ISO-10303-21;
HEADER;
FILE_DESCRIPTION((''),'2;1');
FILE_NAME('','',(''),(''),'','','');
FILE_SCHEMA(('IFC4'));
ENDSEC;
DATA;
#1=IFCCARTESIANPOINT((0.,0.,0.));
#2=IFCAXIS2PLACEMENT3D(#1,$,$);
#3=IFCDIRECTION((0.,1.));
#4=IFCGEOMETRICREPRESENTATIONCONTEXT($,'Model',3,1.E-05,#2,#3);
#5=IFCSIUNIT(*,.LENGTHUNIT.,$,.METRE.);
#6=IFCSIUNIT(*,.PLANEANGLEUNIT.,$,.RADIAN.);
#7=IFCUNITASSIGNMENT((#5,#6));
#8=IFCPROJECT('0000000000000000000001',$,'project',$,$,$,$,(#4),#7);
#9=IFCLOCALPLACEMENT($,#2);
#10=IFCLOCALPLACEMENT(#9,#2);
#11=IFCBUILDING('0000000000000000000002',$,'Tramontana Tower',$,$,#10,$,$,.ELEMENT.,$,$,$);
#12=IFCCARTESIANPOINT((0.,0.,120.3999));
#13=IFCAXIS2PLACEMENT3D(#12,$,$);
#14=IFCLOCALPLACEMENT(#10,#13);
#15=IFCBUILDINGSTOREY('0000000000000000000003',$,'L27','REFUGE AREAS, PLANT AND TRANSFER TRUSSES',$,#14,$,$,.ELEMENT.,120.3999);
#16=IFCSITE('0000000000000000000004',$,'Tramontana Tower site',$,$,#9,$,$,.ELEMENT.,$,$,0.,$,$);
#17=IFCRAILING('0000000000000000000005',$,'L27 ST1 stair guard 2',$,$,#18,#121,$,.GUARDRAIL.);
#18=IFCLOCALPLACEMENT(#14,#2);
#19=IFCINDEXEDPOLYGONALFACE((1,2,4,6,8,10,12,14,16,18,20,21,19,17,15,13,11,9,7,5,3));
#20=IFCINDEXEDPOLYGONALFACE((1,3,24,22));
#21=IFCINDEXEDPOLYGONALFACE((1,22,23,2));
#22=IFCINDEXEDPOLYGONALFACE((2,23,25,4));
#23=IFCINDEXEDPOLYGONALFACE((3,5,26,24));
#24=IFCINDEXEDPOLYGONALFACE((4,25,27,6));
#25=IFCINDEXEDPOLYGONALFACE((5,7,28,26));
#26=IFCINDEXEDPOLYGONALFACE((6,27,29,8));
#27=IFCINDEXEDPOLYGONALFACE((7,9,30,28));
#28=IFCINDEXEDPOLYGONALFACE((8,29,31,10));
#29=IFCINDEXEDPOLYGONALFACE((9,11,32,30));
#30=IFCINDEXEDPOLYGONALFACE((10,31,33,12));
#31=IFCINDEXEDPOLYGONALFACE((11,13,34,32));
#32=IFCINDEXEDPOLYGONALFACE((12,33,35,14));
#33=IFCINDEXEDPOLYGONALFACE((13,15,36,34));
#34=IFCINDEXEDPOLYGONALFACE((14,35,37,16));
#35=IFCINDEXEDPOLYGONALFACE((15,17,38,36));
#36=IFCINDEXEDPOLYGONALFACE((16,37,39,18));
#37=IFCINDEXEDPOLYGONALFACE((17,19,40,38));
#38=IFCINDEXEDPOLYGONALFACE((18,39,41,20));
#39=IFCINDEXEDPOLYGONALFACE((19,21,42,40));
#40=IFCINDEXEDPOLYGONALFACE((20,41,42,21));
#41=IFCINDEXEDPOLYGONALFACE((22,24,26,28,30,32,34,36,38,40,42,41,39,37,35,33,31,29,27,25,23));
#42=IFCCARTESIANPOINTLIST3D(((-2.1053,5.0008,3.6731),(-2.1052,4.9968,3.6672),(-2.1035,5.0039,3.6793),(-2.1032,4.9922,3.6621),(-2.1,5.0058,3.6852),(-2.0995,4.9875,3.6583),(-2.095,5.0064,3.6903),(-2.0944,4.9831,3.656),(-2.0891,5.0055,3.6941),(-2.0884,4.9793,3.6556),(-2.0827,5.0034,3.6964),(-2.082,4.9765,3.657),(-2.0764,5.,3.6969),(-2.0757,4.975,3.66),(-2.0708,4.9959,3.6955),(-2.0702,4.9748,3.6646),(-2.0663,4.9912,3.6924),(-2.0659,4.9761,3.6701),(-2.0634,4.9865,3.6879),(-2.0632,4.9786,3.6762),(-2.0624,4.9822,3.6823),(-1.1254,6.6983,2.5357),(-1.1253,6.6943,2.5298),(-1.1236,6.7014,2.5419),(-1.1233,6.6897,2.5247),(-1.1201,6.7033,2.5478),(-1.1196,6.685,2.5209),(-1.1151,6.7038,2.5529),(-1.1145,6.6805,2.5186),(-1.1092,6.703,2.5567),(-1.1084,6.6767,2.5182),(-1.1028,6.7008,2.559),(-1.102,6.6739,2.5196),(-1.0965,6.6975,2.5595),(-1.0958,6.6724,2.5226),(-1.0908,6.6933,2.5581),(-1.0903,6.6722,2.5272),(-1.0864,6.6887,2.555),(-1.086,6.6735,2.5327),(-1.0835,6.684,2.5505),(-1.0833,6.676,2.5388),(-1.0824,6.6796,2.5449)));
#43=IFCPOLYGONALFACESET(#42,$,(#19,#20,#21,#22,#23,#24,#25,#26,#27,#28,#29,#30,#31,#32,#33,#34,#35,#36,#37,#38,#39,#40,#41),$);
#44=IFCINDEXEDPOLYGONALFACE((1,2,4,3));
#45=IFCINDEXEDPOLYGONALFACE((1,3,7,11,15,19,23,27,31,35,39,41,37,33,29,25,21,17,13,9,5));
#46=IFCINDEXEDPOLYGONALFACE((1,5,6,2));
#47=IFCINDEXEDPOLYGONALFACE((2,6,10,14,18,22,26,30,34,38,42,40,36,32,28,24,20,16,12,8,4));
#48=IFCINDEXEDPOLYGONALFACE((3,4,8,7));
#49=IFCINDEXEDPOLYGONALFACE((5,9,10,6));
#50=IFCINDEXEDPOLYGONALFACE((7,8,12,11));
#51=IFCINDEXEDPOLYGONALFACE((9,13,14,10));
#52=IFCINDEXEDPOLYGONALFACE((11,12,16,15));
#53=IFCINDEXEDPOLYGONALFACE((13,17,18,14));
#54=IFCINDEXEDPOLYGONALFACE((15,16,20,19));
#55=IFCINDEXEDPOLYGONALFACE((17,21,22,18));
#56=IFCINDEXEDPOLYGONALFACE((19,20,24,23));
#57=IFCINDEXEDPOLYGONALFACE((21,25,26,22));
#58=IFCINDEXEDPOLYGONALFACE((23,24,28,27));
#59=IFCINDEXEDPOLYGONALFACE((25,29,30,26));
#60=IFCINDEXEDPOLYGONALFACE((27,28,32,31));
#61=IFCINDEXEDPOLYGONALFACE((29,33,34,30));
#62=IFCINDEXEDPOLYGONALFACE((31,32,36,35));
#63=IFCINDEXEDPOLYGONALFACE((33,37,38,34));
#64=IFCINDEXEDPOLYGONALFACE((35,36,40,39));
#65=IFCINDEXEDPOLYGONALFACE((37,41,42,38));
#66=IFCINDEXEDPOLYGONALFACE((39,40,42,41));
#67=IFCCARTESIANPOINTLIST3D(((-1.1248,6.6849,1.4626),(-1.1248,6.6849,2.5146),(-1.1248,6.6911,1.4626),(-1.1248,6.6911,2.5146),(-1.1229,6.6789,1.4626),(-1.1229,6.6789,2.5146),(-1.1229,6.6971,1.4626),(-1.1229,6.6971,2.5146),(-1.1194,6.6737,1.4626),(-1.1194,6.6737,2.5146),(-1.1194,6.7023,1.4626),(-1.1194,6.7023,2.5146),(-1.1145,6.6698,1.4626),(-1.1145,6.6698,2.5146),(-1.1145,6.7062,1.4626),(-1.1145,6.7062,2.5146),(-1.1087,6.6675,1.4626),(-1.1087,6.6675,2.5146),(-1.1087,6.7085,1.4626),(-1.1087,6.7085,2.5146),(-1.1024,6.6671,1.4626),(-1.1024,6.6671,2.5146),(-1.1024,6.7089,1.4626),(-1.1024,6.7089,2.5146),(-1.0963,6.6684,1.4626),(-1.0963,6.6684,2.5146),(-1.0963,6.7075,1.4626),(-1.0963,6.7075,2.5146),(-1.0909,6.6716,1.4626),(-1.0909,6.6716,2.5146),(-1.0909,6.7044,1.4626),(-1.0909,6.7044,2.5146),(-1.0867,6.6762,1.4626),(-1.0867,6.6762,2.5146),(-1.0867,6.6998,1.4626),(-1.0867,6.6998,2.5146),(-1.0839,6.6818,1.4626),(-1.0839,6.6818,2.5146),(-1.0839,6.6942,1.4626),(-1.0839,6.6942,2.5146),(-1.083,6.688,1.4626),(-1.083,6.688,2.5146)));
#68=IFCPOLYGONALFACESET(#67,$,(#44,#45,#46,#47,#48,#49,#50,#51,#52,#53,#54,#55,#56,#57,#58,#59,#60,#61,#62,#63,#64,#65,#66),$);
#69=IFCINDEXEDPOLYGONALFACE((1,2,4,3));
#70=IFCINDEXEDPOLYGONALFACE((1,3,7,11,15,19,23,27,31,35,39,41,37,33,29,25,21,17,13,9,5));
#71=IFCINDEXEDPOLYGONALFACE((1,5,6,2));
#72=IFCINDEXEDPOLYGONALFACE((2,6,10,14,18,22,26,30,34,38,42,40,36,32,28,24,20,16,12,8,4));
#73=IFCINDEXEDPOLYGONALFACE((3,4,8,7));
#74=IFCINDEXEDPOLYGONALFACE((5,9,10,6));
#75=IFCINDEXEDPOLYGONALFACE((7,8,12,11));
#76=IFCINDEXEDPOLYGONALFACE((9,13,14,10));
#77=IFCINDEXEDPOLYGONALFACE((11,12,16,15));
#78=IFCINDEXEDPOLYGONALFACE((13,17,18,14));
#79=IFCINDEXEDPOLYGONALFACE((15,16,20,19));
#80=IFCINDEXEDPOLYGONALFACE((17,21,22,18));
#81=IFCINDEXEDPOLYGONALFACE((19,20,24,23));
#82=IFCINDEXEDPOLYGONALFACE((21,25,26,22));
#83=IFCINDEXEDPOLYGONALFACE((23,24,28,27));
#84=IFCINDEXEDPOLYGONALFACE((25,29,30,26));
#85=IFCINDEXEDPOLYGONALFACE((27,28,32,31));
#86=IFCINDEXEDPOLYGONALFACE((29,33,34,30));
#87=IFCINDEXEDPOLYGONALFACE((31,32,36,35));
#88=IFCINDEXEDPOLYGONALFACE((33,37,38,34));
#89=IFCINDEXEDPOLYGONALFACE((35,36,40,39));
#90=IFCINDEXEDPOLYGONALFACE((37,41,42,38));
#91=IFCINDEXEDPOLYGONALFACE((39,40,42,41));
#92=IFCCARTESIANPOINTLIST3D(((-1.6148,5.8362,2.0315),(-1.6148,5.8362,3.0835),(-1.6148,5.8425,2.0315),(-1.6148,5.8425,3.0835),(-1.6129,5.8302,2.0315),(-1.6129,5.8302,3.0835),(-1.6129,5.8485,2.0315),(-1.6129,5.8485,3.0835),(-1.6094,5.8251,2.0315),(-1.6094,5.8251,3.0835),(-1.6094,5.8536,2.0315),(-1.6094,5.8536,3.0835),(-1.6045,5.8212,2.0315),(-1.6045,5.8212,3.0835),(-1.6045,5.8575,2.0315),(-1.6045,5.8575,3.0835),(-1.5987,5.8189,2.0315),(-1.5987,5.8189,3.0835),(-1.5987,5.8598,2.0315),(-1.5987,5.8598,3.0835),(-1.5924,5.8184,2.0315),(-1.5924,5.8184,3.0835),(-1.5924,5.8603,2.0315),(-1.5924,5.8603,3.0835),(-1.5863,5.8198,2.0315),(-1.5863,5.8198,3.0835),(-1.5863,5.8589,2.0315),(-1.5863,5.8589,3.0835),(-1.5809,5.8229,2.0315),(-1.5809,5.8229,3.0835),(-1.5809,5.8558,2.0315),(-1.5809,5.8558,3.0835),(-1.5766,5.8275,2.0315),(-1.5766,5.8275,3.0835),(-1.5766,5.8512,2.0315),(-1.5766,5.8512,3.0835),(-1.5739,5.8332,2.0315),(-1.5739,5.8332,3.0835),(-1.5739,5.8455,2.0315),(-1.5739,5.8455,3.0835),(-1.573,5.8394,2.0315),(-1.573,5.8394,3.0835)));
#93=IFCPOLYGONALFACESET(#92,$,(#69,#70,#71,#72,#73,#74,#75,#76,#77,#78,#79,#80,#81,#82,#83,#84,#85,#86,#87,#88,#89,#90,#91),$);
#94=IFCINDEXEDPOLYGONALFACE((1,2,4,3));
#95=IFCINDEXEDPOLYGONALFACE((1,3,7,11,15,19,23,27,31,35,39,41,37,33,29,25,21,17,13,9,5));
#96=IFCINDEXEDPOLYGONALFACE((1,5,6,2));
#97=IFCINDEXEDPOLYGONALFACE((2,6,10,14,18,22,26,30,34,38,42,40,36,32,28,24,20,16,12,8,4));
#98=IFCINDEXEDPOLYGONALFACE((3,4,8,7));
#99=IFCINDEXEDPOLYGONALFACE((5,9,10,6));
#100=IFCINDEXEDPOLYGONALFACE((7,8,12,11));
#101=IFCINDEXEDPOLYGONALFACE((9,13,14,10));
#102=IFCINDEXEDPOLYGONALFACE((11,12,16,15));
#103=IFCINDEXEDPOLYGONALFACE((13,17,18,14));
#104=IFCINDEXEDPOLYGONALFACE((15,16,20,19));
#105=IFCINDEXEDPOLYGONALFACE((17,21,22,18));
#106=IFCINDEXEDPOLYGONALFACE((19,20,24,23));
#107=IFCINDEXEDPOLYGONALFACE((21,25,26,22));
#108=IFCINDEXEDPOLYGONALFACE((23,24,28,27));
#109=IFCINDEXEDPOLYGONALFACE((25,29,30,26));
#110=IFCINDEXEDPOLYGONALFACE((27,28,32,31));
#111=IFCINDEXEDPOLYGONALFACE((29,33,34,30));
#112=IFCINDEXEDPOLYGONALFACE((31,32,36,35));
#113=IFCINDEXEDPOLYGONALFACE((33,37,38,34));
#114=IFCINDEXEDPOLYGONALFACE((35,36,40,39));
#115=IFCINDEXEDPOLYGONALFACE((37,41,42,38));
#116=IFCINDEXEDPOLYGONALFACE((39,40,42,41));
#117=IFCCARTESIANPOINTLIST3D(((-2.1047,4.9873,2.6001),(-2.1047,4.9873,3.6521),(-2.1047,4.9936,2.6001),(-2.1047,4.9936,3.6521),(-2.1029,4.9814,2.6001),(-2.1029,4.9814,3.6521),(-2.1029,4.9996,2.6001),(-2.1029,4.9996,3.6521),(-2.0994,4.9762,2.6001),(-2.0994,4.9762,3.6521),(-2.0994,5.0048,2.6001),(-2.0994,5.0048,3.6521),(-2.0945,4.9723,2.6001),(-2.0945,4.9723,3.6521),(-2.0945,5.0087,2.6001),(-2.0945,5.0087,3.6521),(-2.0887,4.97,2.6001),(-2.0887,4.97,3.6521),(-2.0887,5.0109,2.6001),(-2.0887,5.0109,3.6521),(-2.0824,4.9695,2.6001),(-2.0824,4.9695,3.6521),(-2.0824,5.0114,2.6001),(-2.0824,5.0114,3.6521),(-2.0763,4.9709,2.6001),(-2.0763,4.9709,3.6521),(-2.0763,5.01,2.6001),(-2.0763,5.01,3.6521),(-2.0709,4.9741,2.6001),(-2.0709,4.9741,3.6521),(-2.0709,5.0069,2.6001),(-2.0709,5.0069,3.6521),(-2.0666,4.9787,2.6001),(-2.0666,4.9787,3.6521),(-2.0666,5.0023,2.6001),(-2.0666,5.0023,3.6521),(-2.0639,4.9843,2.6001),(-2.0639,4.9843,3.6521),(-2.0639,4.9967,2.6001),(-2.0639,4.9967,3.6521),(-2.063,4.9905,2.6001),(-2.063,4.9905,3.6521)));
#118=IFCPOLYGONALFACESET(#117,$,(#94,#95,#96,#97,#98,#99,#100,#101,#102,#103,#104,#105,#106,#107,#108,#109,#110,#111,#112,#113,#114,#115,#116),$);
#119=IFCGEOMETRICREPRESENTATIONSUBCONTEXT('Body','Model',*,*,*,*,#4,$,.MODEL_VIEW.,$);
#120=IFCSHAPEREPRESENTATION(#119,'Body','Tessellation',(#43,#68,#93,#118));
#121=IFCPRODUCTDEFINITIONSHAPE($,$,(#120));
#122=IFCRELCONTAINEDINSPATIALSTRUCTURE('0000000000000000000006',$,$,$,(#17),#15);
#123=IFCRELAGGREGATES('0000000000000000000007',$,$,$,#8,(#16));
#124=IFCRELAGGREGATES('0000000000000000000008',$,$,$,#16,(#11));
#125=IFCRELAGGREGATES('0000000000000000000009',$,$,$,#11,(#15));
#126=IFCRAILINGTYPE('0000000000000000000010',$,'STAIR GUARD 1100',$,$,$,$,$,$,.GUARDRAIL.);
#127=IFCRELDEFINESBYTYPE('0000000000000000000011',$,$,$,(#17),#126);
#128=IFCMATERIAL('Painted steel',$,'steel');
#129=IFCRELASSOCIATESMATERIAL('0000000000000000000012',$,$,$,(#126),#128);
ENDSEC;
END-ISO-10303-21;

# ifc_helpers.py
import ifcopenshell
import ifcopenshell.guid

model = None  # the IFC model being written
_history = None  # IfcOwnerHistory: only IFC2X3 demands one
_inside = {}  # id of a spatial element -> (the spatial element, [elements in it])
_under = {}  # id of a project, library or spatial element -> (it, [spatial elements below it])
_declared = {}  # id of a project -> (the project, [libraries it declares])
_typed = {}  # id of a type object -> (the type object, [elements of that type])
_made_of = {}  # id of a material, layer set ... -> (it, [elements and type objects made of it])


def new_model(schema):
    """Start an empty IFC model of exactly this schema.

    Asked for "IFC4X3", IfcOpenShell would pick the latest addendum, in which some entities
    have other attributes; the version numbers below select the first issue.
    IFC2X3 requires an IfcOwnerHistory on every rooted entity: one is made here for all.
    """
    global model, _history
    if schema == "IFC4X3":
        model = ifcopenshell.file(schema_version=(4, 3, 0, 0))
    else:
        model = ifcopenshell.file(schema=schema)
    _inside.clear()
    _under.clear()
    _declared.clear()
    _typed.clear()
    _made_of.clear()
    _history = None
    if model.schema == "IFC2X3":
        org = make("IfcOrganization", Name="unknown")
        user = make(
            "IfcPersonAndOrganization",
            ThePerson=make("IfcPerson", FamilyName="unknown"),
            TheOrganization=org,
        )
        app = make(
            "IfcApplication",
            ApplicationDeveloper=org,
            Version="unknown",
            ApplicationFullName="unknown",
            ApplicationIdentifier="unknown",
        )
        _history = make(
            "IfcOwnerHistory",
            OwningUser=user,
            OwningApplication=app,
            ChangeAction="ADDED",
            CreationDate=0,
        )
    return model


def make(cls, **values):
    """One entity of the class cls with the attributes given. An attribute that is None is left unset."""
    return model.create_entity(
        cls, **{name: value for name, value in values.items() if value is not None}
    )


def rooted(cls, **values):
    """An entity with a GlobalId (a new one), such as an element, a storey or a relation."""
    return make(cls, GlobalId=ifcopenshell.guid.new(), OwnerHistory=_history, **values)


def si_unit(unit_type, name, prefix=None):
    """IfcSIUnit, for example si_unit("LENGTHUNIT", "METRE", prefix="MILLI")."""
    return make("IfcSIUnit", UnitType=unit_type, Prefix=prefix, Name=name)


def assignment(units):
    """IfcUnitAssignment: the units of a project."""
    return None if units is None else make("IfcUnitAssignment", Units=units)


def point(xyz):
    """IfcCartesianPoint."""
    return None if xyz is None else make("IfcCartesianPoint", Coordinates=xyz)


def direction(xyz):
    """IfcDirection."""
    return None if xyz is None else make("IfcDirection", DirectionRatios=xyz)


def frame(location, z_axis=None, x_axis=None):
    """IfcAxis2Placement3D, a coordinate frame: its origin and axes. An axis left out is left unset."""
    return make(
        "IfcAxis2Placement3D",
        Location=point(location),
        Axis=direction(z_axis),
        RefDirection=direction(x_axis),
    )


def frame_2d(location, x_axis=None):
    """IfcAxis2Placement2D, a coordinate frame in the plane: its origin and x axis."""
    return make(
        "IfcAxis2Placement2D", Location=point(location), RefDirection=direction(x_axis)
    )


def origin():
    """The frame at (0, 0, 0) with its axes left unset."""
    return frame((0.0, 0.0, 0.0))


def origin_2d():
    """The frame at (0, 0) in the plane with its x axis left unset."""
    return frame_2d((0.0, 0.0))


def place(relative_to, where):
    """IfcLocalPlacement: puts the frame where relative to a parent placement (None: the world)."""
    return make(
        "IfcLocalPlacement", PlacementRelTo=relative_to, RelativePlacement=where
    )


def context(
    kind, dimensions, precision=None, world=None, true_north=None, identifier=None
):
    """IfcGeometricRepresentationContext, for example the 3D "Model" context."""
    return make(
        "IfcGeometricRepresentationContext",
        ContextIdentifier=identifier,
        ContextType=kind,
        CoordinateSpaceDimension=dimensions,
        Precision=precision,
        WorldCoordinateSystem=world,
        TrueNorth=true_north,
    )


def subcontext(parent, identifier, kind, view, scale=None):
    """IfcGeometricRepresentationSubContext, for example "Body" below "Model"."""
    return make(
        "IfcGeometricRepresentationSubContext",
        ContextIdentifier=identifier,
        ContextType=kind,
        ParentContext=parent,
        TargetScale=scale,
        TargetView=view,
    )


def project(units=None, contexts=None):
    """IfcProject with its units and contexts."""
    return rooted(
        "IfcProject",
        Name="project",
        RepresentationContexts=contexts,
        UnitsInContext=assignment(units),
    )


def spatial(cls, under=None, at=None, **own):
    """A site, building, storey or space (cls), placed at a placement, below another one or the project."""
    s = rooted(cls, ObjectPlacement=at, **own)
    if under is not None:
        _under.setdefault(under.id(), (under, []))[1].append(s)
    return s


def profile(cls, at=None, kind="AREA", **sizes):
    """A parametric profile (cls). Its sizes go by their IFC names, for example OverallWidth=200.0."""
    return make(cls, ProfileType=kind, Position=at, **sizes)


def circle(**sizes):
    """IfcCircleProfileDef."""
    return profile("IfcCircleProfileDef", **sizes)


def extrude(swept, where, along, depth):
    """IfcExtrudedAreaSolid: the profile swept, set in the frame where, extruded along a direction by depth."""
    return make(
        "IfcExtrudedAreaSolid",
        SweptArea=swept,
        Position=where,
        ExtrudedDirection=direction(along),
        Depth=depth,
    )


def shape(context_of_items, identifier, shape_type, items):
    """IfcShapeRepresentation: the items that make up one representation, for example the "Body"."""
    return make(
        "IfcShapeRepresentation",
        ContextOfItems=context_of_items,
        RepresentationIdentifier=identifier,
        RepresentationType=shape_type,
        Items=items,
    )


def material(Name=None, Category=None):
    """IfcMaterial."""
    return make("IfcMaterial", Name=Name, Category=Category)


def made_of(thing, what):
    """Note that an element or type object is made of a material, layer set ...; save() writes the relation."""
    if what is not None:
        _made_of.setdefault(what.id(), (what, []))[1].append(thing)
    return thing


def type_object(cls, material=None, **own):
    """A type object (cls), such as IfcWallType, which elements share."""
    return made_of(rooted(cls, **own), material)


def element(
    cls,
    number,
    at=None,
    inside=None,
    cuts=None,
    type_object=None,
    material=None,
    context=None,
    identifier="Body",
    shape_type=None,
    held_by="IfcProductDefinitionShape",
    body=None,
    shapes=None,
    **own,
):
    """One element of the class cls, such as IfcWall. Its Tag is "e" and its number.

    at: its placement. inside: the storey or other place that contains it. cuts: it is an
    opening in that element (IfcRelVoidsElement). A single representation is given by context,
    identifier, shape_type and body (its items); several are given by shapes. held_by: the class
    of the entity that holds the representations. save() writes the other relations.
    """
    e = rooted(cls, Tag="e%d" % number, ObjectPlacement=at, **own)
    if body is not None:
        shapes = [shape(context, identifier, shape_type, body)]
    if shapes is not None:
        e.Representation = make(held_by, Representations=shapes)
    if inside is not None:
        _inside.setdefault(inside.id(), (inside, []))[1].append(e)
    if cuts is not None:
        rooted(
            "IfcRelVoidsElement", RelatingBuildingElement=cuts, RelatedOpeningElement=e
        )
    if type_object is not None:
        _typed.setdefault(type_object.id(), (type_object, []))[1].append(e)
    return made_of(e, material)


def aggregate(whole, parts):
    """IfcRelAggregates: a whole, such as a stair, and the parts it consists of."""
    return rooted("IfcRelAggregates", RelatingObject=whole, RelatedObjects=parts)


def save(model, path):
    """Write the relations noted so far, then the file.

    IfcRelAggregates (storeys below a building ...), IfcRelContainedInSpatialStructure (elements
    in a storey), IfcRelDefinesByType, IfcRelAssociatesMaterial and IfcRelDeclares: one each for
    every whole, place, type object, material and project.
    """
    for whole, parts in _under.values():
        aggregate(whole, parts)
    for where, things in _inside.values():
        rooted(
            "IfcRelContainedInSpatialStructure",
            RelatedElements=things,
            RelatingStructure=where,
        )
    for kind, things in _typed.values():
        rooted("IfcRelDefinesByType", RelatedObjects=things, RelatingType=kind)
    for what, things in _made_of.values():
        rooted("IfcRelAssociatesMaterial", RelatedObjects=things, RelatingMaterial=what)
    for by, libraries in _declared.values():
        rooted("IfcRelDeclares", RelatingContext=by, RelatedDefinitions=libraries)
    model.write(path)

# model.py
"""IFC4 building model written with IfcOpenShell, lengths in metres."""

from ifc_helpers import new_model, si_unit, direction, frame, origin, origin_2d, place, context, subcontext, project, spatial, circle, extrude, material, type_object, element, save


model = new_model("IFC4")

# Units and contexts
model_context = context("Model", 3, precision=1e-05, world=origin(), true_north=direction((0.0, 1.0)))
body_context = subcontext(model_context, "Body", "Model", "MODEL_VIEW")
ifc_project = project(units=[si_unit("LENGTHUNIT", "METRE"), si_unit("PLANEANGLEUNIT", "RADIAN")], contexts=[model_context])

# Site, building, storey
site_placement = place(None, origin())
site = spatial("IfcSite", under=ifc_project, at=site_placement, Name="Tramontana Tower site", CompositionType="ELEMENT", RefElevation=0.0)
building_placement = place(site_placement, origin())
building = spatial("IfcBuilding", under=site, at=building_placement, Name="Tramontana Tower", CompositionType="ELEMENT")
storey_placement = place(building_placement, frame((0.0, 0.0, 120.3999)))
storey = spatial("IfcBuildingStorey", under=building, at=storey_placement, Name="L27", Description="REFUGE AREAS, PLANT AND TRANSFER TRUSSES", CompositionType="ELEMENT", Elevation=120.3999)

# Railing
ifc_material_1 = material(Name="Painted steel", Category="steel")
railing_type_1 = type_object("IfcRailingType", Name="STAIR GUARD 1100", PredefinedType="GUARDRAIL", material=ifc_material_1)
railing_1_placement = place(storey_placement, frame((-1.104, 6.688, 1.4626)))
element("IfcRailing", 1, at=railing_1_placement, inside=storey, type_object=railing_type_1, Name="L27 ST1 stair guard 2", PredefinedType="GUARDRAIL", context=body_context, shape_type="SweptSolid", body=[
    extrude(circle(Radius=0.0239, at=origin_2d()), frame((0.0, 0.0, 1.0762), z_axis=(-0.432432, -0.749053, 0.501918), x_axis=(0.866042, -0.49997, 0.0)), (0.0, 0.0, 1.0), 2.2661),
    extrude(circle(Radius=0.021, at=origin_2d()), origin(), (0.0, 0.0, 1.0), 1.052),
    extrude(circle(Radius=0.021, at=origin_2d()), frame((-0.49, -0.8486, 0.5688)), (0.0, 0.0, 1.0), 1.052),
    extrude(circle(Radius=0.021, at=origin_2d()), frame((-0.98, -1.6975, 1.1375)), (0.0, 0.0, 1.0), 1.052),
])

save(model, "model.ifc")
